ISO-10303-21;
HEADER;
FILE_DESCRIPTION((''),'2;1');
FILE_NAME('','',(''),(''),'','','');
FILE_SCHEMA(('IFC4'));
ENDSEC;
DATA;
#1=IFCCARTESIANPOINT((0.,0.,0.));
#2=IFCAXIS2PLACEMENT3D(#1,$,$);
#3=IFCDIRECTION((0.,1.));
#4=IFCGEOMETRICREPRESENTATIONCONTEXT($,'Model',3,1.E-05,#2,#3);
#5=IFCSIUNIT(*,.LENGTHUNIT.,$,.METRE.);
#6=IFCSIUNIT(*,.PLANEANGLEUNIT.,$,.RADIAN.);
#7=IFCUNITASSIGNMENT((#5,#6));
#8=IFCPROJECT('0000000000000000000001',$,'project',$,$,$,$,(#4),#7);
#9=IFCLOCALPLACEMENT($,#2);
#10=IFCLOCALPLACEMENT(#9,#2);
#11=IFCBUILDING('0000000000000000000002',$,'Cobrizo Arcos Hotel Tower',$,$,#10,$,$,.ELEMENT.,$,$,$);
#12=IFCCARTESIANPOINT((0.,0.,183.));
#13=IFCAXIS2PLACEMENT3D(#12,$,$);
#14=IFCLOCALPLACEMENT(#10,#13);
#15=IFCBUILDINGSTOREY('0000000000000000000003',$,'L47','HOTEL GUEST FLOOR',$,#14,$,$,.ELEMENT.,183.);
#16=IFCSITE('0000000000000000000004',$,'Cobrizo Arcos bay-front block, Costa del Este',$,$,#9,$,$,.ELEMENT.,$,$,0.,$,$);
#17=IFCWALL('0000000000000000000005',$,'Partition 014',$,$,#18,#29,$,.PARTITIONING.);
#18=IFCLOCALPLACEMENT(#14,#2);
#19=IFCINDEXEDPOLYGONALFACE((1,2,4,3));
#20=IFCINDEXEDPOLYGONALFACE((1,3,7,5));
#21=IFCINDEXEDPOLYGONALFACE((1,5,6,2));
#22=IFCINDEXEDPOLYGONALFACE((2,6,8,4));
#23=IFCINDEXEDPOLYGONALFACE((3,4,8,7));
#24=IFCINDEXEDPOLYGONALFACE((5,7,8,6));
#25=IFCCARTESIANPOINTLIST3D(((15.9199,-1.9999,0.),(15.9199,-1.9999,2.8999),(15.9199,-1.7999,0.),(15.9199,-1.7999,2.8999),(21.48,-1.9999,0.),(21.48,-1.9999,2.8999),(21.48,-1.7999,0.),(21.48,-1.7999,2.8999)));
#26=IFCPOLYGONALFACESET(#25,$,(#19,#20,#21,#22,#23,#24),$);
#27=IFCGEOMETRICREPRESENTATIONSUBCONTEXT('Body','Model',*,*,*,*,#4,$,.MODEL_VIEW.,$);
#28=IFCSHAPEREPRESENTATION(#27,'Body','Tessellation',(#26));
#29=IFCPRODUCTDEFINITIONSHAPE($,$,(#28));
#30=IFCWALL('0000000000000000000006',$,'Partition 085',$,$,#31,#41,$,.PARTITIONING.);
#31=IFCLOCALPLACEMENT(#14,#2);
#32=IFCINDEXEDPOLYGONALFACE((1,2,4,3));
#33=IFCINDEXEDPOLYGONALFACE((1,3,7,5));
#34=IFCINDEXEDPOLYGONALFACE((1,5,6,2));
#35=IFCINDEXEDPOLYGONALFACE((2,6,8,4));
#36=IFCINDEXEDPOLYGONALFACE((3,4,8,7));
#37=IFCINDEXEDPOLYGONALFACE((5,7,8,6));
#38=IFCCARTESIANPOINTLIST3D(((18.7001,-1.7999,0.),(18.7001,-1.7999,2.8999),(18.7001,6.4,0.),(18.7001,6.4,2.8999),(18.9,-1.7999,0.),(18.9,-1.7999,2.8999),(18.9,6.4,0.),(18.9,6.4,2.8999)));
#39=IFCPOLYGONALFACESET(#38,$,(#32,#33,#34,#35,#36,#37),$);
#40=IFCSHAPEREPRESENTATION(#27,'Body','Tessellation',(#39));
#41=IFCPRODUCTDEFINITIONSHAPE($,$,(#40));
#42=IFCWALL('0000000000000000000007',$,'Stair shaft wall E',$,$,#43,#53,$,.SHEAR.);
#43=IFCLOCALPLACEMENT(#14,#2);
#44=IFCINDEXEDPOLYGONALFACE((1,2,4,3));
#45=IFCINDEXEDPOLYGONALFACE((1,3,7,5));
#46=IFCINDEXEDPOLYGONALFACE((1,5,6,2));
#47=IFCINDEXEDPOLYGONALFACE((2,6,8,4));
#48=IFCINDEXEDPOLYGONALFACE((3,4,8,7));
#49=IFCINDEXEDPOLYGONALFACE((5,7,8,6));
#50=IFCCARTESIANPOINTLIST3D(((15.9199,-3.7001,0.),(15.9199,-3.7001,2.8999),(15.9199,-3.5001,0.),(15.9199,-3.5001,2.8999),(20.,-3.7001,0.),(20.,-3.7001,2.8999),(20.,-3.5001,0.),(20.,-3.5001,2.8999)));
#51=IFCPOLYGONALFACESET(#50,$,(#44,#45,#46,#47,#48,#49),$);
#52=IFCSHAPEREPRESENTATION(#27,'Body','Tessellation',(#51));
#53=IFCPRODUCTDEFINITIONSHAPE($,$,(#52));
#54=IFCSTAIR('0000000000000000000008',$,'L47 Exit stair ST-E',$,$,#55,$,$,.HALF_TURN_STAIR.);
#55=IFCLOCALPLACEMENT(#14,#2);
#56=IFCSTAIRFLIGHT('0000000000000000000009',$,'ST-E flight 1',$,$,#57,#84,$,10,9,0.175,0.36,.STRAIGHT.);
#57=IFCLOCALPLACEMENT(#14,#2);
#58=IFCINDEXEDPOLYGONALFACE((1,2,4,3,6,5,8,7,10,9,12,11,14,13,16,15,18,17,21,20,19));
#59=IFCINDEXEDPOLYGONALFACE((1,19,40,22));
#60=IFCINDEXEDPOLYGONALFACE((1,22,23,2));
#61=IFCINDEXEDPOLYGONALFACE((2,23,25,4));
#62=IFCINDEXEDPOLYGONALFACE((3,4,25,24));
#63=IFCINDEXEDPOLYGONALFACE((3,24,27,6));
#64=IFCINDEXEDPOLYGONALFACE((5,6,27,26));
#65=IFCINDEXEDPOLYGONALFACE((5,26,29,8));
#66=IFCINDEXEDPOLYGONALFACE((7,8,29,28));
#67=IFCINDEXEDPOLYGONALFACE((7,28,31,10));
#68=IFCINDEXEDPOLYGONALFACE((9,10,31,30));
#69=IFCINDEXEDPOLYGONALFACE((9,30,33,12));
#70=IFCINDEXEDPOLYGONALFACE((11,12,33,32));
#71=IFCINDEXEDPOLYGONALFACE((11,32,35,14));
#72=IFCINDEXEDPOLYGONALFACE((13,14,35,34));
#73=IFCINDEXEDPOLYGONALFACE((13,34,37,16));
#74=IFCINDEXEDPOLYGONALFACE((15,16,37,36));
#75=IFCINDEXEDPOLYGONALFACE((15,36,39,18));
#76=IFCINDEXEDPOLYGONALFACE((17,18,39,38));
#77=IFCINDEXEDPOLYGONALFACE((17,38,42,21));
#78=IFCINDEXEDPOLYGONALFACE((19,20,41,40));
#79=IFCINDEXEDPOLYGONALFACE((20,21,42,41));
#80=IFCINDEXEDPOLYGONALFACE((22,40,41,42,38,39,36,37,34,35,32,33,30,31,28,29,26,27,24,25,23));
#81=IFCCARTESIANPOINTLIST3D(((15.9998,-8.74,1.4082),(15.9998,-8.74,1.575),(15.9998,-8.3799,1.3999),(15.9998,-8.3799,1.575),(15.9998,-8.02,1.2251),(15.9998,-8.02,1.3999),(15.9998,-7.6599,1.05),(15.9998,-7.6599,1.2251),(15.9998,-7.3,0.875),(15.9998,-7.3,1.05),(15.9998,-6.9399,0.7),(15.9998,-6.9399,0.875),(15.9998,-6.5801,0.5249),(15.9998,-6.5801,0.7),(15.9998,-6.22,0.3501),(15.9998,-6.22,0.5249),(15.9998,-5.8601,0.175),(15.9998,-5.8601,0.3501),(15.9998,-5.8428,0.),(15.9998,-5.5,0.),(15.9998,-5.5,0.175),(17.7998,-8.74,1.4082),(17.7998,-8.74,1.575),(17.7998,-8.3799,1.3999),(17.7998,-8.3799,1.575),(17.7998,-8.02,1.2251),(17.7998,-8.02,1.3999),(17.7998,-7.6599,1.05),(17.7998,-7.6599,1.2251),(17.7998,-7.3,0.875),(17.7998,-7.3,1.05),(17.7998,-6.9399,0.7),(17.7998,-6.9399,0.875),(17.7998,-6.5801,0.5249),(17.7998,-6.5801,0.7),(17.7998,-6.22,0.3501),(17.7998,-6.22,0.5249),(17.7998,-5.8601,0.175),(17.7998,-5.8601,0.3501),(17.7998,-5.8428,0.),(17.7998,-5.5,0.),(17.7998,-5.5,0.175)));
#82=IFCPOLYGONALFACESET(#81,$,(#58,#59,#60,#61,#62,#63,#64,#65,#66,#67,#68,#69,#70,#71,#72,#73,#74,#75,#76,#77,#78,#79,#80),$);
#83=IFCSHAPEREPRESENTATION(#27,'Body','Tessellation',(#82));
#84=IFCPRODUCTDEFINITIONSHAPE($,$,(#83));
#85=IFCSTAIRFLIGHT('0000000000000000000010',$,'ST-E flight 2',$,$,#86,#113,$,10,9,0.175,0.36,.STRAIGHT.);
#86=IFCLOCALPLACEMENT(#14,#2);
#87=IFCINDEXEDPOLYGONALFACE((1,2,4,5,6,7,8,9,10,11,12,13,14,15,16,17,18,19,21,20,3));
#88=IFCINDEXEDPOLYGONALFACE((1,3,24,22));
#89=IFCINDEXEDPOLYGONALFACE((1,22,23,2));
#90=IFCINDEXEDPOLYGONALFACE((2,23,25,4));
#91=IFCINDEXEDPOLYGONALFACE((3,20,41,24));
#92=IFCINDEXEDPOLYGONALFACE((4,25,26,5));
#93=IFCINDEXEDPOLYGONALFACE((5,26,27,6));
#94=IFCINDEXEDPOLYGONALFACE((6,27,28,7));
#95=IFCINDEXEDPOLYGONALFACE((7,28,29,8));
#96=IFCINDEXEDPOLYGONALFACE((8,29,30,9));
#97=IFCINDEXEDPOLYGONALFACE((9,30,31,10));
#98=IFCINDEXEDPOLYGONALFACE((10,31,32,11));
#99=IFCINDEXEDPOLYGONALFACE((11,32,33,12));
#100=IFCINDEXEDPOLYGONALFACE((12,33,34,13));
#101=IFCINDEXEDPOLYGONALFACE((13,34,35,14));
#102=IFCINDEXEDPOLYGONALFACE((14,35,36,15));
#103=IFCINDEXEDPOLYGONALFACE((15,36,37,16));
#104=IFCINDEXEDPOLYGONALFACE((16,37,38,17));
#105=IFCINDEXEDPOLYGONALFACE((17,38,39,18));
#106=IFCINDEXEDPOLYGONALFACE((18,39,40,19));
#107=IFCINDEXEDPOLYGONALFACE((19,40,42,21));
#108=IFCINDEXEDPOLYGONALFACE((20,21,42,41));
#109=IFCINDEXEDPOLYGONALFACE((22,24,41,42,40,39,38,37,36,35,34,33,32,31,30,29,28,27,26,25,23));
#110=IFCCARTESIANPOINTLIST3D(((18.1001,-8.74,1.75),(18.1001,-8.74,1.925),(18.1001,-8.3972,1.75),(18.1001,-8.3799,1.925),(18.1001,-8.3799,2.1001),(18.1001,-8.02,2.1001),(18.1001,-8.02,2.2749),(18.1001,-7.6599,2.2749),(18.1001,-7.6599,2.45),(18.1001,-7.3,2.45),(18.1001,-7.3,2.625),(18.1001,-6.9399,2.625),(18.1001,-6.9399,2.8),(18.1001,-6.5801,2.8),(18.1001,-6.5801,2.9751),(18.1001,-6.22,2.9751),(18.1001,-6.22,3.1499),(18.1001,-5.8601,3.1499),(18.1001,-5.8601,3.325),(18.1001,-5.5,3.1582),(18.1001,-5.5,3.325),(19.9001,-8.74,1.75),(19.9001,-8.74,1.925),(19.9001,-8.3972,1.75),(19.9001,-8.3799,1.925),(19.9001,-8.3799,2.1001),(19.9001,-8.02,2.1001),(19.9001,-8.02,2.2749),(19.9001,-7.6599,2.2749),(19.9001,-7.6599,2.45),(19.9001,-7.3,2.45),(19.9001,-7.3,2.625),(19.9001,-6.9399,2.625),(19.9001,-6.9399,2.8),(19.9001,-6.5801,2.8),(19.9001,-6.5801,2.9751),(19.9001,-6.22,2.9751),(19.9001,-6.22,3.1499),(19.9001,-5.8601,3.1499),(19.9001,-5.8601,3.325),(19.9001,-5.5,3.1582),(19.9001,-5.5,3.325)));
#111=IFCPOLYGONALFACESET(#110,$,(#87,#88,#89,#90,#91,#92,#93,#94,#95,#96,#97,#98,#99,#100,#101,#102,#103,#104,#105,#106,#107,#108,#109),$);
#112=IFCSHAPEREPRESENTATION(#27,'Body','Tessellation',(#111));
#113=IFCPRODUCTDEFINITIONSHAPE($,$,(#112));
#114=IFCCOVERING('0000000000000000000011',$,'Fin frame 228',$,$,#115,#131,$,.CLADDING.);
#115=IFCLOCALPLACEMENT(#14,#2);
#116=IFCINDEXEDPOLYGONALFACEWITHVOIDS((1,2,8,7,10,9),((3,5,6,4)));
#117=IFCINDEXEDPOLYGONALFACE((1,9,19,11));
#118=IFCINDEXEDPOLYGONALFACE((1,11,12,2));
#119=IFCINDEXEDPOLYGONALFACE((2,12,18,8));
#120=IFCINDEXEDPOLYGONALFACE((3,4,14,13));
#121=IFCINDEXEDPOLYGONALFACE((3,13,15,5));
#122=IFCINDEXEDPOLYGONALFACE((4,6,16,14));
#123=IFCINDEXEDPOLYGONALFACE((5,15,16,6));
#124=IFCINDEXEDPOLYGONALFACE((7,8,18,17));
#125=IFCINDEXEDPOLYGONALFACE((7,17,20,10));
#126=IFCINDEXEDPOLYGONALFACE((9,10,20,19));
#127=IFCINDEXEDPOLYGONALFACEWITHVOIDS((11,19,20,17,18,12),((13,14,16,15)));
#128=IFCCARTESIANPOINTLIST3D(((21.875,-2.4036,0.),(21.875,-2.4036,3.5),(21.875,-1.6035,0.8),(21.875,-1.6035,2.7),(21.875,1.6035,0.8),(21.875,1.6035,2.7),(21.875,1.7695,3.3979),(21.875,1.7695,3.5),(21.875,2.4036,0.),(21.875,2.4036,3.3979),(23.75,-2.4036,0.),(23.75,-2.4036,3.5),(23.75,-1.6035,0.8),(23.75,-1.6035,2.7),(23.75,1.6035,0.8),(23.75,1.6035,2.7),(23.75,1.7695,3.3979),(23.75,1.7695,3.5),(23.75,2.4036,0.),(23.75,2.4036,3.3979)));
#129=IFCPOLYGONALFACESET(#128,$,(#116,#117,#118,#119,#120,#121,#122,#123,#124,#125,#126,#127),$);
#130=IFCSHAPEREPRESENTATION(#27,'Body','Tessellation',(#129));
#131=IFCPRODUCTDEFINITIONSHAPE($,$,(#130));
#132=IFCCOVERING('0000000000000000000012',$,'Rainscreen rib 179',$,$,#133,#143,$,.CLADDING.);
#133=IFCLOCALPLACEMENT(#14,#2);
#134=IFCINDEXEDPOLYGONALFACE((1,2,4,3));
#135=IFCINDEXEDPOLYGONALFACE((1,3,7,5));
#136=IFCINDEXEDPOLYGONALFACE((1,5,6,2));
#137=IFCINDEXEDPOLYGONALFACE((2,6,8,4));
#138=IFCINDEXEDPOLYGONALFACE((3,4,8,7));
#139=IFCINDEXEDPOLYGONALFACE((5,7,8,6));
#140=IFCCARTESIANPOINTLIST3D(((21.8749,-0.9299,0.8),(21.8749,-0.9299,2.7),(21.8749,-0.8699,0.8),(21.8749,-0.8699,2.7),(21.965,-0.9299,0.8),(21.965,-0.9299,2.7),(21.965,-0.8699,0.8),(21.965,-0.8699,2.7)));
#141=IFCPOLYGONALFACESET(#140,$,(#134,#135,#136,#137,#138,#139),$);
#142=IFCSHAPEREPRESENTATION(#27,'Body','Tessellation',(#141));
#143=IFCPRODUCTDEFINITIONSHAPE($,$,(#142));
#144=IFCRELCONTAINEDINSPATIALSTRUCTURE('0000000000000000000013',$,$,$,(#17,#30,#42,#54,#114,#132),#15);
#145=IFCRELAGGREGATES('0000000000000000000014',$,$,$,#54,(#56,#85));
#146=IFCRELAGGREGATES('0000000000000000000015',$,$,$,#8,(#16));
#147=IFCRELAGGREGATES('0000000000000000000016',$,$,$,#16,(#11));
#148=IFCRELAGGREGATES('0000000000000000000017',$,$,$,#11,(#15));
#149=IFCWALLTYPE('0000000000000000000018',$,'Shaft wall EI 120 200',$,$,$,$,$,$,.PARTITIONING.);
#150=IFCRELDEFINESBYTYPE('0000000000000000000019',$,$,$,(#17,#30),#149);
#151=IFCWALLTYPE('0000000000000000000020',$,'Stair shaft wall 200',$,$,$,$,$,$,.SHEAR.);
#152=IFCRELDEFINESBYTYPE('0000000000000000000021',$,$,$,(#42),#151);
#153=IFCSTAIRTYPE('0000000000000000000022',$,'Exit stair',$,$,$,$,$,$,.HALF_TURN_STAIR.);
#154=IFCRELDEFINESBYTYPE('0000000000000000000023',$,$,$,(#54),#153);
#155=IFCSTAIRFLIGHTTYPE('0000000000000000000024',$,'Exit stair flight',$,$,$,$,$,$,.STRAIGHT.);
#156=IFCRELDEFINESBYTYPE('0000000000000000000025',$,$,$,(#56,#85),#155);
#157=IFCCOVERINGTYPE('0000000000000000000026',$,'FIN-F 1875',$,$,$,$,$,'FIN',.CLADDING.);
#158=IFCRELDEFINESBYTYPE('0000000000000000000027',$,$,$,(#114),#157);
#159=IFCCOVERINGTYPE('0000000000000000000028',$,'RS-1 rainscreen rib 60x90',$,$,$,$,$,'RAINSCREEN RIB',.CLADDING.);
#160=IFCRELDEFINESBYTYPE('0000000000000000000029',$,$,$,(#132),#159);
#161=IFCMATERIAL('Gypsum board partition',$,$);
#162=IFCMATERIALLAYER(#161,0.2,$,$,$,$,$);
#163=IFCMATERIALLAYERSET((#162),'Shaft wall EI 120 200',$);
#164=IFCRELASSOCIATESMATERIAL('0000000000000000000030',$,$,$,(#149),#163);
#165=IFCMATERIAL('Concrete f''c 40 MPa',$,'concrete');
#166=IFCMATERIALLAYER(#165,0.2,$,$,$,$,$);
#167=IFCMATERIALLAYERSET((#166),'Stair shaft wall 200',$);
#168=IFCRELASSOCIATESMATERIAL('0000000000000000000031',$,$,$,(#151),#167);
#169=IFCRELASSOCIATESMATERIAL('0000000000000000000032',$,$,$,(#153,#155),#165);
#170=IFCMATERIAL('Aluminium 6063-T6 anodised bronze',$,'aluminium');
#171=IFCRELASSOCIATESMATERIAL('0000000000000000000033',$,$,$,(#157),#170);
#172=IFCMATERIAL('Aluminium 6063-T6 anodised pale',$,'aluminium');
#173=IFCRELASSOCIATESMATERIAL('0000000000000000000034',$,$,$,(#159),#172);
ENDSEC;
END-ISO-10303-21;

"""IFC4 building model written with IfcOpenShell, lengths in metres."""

from ifc_helpers import new_model, si_unit, direction, frame, frame_2d, origin, origin_2d, place, context, subcontext, project, spatial, polyline, rectangle, outline, extrude, material, layer, layer_set, type_object, element, aggregate, save


model = new_model("IFC4")

# Units and contexts
model_context = context("Model", 3, precision=1e-05, world=origin(), true_north=direction((0.0, 1.0)))
body_context = subcontext(model_context, "Body", "Model", "MODEL_VIEW")
ifc_project = project(units=[si_unit("LENGTHUNIT", "METRE"), si_unit("PLANEANGLEUNIT", "RADIAN")], contexts=[model_context])

# Site, building, storey
site_placement = place(None, origin())
site = spatial("IfcSite", under=ifc_project, at=site_placement, Name="Cobrizo Arcos bay-front block, Costa del Este", CompositionType="ELEMENT", RefElevation=0.0)
building_placement = place(site_placement, origin())
building = spatial("IfcBuilding", under=site, at=building_placement, Name="Cobrizo Arcos Hotel Tower", CompositionType="ELEMENT")
storey_placement = place(building_placement, frame((0.0, 0.0, 183.0)))
storey = spatial("IfcBuildingStorey", under=building, at=storey_placement, Name="L47", Description="HOTEL GUEST FLOOR", CompositionType="ELEMENT", Elevation=183.0)

# Walls
ifc_material_1 = material(Name="Gypsum board partition")
ifc_layer_1 = layer(ifc_material_1, 0.2)
ifc_layer_set_1 = layer_set([ifc_layer_1], Name="Shaft wall EI 120 200")
wall_type_1 = type_object("IfcWallType", Name="Shaft wall EI 120 200", PredefinedType="PARTITIONING", material=ifc_layer_set_1)
wall_1_placement = place(storey_placement, frame((15.9199, -1.8999, 0.0), z_axis=(0.0, 0.0, 1.0), x_axis=(1.0, 0.0, 0.0)))
element("IfcWall", 1, at=wall_1_placement, inside=storey, type_object=wall_type_1, Name="Partition 014", PredefinedType="PARTITIONING", context=body_context, shape_type="SweptSolid", body=[
    extrude(rectangle(XDim=5.5601, YDim=0.2, at=frame_2d((2.78, 0.0))), origin(), (0.0, 0.0, 1.0), 2.8999),
])
wall_2_placement = place(storey_placement, frame((18.8, -1.8, 0.0), z_axis=(0.0, 0.0, 1.0), x_axis=(0.0, 1.0, 0.0)))
element("IfcWall", 2, at=wall_2_placement, inside=storey, type_object=wall_type_1, Name="Partition 085", PredefinedType="PARTITIONING", context=body_context, shape_type="SweptSolid", body=[
    extrude(rectangle(XDim=8.2, YDim=0.2, at=frame_2d((4.1001, 0.0))), origin(), (0.0, 0.0, 1.0), 2.8999),
])
ifc_material_2 = material(Name="Concrete f'c 40 MPa", Category="concrete")
ifc_layer_2 = layer(ifc_material_2, 0.2)
ifc_layer_set_2 = layer_set([ifc_layer_2], Name="Stair shaft wall 200")
wall_type_2 = type_object("IfcWallType", Name="Stair shaft wall 200", PredefinedType="SHEAR", material=ifc_layer_set_2)
wall_3_placement = place(storey_placement, frame((15.9199, -3.6001, 0.0), z_axis=(0.0, 0.0, 1.0), x_axis=(1.0, 0.0, 0.0)))
element("IfcWall", 3, at=wall_3_placement, inside=storey, type_object=wall_type_2, Name="Stair shaft wall E", PredefinedType="SHEAR", context=body_context, shape_type="SweptSolid", body=[
    extrude(rectangle(XDim=4.0801, YDim=0.2, at=frame_2d((2.04, 0.0))), origin(), (0.0, 0.0, 1.0), 2.8999),
])

# Stair, stair flights
stair_type = type_object("IfcStairType", Name="Exit stair", PredefinedType="HALF_TURN_STAIR", material=ifc_material_2)
stair_placement = place(storey_placement, origin())
stair = element("IfcStair", 4, at=stair_placement, inside=storey, type_object=stair_type, Name="L47 Exit stair ST-E", PredefinedType="HALF_TURN_STAIR")
stair_flight_type = type_object("IfcStairFlightType", Name="Exit stair flight", PredefinedType="STRAIGHT", material=ifc_material_2)
stair_flight_1_placement = place(storey_placement, frame((16.8999, -5.5, 0.0), z_axis=(0.0, 0.0, 1.0), x_axis=(0.0, -1.0, 0.0)))
stair_flight_1 = element("IfcStairFlight", 5, at=stair_flight_1_placement, type_object=stair_flight_type, Name="ST-E flight 1", NumberOfRisers=10, NumberOfTreads=9, PredefinedType="STRAIGHT", RiserHeight=0.175, TreadLength=0.36, context=body_context, shape_type="SweptSolid", body=[
    extrude(outline(polyline([(0.0, 0.0), (0.0, 0.175), (0.3601, 0.175), (0.3601, 0.3501), (0.72, 0.3501), (0.72, 0.5249), (1.0801, 0.5249), (1.0801, 0.7), (1.4399, 0.7), (1.4399, 0.875), (1.8, 0.875), (1.8, 1.05), (2.1599, 1.05), (2.1599, 1.2251), (2.52, 1.2251), (2.52, 1.3999), (2.8799, 1.3999), (2.8799, 1.575), (3.24, 1.575), (3.24, 1.75), (3.24, 1.4082), (0.3428, 0.0), (0.0, 0.0)])), frame((0.0, 0.8999, 0.0), z_axis=(0.0, -1.0, 0.0), x_axis=(1.0, 0.0, 0.0)), (0.0, 0.0, 1.0), 1.8),
])
stair_flight_2_placement = place(storey_placement, frame((19.0, -8.74, 1.75), z_axis=(0.0, 0.0, 1.0), x_axis=(0.0, 1.0, 0.0)))
stair_flight_2 = element("IfcStairFlight", 6, at=stair_flight_2_placement, type_object=stair_flight_type, Name="ST-E flight 2", NumberOfRisers=10, NumberOfTreads=9, PredefinedType="STRAIGHT", RiserHeight=0.175, TreadLength=0.36, context=body_context, shape_type="SweptSolid", body=[
    extrude(outline(polyline([(0.0, 0.0), (0.0, 0.175), (0.3601, 0.175), (0.3601, 0.3501), (0.72, 0.3501), (0.72, 0.5249), (1.0801, 0.5249), (1.0801, 0.7), (1.4399, 0.7), (1.4399, 0.875), (1.8, 0.875), (1.8, 1.05), (2.1599, 1.05), (2.1599, 1.2251), (2.52, 1.2251), (2.52, 1.3999), (2.8799, 1.3999), (2.8799, 1.575), (3.24, 1.575), (3.24, 1.75), (3.24, 1.4082), (0.3428, 0.0), (0.0, 0.0)])), frame((0.0, 0.8999, 0.0), z_axis=(0.0, -1.0, 0.0), x_axis=(1.0, 0.0, 0.0)), (0.0, 0.0, 1.0), 1.8),
])
aggregate(stair, [stair_flight_1, stair_flight_2])

# Coverings
ifc_material_3 = material(Name="Aluminium 6063-T6 anodised bronze", Category="aluminium")
covering_type_1 = type_object("IfcCoveringType", Name="FIN-F 1875", ElementType="FIN", PredefinedType="CLADDING", material=ifc_material_3)
covering_1_placement = place(storey_placement, frame((21.875, -2.4036, 0.0), z_axis=(1.0, 0.0, 0.0), x_axis=(0.0, 1.0, 0.0)))
element("IfcCovering", 7, at=covering_1_placement, inside=storey, type_object=covering_type_1, Name="Fin frame 228", PredefinedType="CLADDING", context=body_context, shape_type="SweptSolid", body=[
    extrude(outline(polyline([(4.8071, 0.0), (4.8071, 3.3979), (4.1731, 3.3979), (4.1731, 3.5), (0.0, 3.5), (0.0, 0.0), (4.8071, 0.0)]), holes=[polyline([(4.0071, 0.8), (0.8, 0.8), (0.8, 2.7), (4.0071, 2.7), (4.0071, 0.8)])]), origin(), (0.0, 0.0, 1.0), 1.875),
])
ifc_material_4 = material(Name="Aluminium 6063-T6 anodised pale", Category="aluminium")
covering_type_2 = type_object("IfcCoveringType", Name="RS-1 rainscreen rib 60x90", ElementType="RAINSCREEN RIB", PredefinedType="CLADDING", material=ifc_material_4)
covering_2_placement = place(storey_placement, frame((21.9199, -0.8999, 0.8), z_axis=(0.0, 0.0, 1.0), x_axis=(0.0, 1.0, 0.0)))
element("IfcCovering", 8, at=covering_2_placement, inside=storey, type_object=covering_type_2, Name="Rainscreen rib 179", PredefinedType="CLADDING", context=body_context, shape_type="SweptSolid", body=[
    extrude(rectangle(XDim=0.0601, YDim=0.0901, at=origin_2d()), origin(), (0.0, 0.0, 1.0), 1.8999),
])

save(model, "model.ifc")
